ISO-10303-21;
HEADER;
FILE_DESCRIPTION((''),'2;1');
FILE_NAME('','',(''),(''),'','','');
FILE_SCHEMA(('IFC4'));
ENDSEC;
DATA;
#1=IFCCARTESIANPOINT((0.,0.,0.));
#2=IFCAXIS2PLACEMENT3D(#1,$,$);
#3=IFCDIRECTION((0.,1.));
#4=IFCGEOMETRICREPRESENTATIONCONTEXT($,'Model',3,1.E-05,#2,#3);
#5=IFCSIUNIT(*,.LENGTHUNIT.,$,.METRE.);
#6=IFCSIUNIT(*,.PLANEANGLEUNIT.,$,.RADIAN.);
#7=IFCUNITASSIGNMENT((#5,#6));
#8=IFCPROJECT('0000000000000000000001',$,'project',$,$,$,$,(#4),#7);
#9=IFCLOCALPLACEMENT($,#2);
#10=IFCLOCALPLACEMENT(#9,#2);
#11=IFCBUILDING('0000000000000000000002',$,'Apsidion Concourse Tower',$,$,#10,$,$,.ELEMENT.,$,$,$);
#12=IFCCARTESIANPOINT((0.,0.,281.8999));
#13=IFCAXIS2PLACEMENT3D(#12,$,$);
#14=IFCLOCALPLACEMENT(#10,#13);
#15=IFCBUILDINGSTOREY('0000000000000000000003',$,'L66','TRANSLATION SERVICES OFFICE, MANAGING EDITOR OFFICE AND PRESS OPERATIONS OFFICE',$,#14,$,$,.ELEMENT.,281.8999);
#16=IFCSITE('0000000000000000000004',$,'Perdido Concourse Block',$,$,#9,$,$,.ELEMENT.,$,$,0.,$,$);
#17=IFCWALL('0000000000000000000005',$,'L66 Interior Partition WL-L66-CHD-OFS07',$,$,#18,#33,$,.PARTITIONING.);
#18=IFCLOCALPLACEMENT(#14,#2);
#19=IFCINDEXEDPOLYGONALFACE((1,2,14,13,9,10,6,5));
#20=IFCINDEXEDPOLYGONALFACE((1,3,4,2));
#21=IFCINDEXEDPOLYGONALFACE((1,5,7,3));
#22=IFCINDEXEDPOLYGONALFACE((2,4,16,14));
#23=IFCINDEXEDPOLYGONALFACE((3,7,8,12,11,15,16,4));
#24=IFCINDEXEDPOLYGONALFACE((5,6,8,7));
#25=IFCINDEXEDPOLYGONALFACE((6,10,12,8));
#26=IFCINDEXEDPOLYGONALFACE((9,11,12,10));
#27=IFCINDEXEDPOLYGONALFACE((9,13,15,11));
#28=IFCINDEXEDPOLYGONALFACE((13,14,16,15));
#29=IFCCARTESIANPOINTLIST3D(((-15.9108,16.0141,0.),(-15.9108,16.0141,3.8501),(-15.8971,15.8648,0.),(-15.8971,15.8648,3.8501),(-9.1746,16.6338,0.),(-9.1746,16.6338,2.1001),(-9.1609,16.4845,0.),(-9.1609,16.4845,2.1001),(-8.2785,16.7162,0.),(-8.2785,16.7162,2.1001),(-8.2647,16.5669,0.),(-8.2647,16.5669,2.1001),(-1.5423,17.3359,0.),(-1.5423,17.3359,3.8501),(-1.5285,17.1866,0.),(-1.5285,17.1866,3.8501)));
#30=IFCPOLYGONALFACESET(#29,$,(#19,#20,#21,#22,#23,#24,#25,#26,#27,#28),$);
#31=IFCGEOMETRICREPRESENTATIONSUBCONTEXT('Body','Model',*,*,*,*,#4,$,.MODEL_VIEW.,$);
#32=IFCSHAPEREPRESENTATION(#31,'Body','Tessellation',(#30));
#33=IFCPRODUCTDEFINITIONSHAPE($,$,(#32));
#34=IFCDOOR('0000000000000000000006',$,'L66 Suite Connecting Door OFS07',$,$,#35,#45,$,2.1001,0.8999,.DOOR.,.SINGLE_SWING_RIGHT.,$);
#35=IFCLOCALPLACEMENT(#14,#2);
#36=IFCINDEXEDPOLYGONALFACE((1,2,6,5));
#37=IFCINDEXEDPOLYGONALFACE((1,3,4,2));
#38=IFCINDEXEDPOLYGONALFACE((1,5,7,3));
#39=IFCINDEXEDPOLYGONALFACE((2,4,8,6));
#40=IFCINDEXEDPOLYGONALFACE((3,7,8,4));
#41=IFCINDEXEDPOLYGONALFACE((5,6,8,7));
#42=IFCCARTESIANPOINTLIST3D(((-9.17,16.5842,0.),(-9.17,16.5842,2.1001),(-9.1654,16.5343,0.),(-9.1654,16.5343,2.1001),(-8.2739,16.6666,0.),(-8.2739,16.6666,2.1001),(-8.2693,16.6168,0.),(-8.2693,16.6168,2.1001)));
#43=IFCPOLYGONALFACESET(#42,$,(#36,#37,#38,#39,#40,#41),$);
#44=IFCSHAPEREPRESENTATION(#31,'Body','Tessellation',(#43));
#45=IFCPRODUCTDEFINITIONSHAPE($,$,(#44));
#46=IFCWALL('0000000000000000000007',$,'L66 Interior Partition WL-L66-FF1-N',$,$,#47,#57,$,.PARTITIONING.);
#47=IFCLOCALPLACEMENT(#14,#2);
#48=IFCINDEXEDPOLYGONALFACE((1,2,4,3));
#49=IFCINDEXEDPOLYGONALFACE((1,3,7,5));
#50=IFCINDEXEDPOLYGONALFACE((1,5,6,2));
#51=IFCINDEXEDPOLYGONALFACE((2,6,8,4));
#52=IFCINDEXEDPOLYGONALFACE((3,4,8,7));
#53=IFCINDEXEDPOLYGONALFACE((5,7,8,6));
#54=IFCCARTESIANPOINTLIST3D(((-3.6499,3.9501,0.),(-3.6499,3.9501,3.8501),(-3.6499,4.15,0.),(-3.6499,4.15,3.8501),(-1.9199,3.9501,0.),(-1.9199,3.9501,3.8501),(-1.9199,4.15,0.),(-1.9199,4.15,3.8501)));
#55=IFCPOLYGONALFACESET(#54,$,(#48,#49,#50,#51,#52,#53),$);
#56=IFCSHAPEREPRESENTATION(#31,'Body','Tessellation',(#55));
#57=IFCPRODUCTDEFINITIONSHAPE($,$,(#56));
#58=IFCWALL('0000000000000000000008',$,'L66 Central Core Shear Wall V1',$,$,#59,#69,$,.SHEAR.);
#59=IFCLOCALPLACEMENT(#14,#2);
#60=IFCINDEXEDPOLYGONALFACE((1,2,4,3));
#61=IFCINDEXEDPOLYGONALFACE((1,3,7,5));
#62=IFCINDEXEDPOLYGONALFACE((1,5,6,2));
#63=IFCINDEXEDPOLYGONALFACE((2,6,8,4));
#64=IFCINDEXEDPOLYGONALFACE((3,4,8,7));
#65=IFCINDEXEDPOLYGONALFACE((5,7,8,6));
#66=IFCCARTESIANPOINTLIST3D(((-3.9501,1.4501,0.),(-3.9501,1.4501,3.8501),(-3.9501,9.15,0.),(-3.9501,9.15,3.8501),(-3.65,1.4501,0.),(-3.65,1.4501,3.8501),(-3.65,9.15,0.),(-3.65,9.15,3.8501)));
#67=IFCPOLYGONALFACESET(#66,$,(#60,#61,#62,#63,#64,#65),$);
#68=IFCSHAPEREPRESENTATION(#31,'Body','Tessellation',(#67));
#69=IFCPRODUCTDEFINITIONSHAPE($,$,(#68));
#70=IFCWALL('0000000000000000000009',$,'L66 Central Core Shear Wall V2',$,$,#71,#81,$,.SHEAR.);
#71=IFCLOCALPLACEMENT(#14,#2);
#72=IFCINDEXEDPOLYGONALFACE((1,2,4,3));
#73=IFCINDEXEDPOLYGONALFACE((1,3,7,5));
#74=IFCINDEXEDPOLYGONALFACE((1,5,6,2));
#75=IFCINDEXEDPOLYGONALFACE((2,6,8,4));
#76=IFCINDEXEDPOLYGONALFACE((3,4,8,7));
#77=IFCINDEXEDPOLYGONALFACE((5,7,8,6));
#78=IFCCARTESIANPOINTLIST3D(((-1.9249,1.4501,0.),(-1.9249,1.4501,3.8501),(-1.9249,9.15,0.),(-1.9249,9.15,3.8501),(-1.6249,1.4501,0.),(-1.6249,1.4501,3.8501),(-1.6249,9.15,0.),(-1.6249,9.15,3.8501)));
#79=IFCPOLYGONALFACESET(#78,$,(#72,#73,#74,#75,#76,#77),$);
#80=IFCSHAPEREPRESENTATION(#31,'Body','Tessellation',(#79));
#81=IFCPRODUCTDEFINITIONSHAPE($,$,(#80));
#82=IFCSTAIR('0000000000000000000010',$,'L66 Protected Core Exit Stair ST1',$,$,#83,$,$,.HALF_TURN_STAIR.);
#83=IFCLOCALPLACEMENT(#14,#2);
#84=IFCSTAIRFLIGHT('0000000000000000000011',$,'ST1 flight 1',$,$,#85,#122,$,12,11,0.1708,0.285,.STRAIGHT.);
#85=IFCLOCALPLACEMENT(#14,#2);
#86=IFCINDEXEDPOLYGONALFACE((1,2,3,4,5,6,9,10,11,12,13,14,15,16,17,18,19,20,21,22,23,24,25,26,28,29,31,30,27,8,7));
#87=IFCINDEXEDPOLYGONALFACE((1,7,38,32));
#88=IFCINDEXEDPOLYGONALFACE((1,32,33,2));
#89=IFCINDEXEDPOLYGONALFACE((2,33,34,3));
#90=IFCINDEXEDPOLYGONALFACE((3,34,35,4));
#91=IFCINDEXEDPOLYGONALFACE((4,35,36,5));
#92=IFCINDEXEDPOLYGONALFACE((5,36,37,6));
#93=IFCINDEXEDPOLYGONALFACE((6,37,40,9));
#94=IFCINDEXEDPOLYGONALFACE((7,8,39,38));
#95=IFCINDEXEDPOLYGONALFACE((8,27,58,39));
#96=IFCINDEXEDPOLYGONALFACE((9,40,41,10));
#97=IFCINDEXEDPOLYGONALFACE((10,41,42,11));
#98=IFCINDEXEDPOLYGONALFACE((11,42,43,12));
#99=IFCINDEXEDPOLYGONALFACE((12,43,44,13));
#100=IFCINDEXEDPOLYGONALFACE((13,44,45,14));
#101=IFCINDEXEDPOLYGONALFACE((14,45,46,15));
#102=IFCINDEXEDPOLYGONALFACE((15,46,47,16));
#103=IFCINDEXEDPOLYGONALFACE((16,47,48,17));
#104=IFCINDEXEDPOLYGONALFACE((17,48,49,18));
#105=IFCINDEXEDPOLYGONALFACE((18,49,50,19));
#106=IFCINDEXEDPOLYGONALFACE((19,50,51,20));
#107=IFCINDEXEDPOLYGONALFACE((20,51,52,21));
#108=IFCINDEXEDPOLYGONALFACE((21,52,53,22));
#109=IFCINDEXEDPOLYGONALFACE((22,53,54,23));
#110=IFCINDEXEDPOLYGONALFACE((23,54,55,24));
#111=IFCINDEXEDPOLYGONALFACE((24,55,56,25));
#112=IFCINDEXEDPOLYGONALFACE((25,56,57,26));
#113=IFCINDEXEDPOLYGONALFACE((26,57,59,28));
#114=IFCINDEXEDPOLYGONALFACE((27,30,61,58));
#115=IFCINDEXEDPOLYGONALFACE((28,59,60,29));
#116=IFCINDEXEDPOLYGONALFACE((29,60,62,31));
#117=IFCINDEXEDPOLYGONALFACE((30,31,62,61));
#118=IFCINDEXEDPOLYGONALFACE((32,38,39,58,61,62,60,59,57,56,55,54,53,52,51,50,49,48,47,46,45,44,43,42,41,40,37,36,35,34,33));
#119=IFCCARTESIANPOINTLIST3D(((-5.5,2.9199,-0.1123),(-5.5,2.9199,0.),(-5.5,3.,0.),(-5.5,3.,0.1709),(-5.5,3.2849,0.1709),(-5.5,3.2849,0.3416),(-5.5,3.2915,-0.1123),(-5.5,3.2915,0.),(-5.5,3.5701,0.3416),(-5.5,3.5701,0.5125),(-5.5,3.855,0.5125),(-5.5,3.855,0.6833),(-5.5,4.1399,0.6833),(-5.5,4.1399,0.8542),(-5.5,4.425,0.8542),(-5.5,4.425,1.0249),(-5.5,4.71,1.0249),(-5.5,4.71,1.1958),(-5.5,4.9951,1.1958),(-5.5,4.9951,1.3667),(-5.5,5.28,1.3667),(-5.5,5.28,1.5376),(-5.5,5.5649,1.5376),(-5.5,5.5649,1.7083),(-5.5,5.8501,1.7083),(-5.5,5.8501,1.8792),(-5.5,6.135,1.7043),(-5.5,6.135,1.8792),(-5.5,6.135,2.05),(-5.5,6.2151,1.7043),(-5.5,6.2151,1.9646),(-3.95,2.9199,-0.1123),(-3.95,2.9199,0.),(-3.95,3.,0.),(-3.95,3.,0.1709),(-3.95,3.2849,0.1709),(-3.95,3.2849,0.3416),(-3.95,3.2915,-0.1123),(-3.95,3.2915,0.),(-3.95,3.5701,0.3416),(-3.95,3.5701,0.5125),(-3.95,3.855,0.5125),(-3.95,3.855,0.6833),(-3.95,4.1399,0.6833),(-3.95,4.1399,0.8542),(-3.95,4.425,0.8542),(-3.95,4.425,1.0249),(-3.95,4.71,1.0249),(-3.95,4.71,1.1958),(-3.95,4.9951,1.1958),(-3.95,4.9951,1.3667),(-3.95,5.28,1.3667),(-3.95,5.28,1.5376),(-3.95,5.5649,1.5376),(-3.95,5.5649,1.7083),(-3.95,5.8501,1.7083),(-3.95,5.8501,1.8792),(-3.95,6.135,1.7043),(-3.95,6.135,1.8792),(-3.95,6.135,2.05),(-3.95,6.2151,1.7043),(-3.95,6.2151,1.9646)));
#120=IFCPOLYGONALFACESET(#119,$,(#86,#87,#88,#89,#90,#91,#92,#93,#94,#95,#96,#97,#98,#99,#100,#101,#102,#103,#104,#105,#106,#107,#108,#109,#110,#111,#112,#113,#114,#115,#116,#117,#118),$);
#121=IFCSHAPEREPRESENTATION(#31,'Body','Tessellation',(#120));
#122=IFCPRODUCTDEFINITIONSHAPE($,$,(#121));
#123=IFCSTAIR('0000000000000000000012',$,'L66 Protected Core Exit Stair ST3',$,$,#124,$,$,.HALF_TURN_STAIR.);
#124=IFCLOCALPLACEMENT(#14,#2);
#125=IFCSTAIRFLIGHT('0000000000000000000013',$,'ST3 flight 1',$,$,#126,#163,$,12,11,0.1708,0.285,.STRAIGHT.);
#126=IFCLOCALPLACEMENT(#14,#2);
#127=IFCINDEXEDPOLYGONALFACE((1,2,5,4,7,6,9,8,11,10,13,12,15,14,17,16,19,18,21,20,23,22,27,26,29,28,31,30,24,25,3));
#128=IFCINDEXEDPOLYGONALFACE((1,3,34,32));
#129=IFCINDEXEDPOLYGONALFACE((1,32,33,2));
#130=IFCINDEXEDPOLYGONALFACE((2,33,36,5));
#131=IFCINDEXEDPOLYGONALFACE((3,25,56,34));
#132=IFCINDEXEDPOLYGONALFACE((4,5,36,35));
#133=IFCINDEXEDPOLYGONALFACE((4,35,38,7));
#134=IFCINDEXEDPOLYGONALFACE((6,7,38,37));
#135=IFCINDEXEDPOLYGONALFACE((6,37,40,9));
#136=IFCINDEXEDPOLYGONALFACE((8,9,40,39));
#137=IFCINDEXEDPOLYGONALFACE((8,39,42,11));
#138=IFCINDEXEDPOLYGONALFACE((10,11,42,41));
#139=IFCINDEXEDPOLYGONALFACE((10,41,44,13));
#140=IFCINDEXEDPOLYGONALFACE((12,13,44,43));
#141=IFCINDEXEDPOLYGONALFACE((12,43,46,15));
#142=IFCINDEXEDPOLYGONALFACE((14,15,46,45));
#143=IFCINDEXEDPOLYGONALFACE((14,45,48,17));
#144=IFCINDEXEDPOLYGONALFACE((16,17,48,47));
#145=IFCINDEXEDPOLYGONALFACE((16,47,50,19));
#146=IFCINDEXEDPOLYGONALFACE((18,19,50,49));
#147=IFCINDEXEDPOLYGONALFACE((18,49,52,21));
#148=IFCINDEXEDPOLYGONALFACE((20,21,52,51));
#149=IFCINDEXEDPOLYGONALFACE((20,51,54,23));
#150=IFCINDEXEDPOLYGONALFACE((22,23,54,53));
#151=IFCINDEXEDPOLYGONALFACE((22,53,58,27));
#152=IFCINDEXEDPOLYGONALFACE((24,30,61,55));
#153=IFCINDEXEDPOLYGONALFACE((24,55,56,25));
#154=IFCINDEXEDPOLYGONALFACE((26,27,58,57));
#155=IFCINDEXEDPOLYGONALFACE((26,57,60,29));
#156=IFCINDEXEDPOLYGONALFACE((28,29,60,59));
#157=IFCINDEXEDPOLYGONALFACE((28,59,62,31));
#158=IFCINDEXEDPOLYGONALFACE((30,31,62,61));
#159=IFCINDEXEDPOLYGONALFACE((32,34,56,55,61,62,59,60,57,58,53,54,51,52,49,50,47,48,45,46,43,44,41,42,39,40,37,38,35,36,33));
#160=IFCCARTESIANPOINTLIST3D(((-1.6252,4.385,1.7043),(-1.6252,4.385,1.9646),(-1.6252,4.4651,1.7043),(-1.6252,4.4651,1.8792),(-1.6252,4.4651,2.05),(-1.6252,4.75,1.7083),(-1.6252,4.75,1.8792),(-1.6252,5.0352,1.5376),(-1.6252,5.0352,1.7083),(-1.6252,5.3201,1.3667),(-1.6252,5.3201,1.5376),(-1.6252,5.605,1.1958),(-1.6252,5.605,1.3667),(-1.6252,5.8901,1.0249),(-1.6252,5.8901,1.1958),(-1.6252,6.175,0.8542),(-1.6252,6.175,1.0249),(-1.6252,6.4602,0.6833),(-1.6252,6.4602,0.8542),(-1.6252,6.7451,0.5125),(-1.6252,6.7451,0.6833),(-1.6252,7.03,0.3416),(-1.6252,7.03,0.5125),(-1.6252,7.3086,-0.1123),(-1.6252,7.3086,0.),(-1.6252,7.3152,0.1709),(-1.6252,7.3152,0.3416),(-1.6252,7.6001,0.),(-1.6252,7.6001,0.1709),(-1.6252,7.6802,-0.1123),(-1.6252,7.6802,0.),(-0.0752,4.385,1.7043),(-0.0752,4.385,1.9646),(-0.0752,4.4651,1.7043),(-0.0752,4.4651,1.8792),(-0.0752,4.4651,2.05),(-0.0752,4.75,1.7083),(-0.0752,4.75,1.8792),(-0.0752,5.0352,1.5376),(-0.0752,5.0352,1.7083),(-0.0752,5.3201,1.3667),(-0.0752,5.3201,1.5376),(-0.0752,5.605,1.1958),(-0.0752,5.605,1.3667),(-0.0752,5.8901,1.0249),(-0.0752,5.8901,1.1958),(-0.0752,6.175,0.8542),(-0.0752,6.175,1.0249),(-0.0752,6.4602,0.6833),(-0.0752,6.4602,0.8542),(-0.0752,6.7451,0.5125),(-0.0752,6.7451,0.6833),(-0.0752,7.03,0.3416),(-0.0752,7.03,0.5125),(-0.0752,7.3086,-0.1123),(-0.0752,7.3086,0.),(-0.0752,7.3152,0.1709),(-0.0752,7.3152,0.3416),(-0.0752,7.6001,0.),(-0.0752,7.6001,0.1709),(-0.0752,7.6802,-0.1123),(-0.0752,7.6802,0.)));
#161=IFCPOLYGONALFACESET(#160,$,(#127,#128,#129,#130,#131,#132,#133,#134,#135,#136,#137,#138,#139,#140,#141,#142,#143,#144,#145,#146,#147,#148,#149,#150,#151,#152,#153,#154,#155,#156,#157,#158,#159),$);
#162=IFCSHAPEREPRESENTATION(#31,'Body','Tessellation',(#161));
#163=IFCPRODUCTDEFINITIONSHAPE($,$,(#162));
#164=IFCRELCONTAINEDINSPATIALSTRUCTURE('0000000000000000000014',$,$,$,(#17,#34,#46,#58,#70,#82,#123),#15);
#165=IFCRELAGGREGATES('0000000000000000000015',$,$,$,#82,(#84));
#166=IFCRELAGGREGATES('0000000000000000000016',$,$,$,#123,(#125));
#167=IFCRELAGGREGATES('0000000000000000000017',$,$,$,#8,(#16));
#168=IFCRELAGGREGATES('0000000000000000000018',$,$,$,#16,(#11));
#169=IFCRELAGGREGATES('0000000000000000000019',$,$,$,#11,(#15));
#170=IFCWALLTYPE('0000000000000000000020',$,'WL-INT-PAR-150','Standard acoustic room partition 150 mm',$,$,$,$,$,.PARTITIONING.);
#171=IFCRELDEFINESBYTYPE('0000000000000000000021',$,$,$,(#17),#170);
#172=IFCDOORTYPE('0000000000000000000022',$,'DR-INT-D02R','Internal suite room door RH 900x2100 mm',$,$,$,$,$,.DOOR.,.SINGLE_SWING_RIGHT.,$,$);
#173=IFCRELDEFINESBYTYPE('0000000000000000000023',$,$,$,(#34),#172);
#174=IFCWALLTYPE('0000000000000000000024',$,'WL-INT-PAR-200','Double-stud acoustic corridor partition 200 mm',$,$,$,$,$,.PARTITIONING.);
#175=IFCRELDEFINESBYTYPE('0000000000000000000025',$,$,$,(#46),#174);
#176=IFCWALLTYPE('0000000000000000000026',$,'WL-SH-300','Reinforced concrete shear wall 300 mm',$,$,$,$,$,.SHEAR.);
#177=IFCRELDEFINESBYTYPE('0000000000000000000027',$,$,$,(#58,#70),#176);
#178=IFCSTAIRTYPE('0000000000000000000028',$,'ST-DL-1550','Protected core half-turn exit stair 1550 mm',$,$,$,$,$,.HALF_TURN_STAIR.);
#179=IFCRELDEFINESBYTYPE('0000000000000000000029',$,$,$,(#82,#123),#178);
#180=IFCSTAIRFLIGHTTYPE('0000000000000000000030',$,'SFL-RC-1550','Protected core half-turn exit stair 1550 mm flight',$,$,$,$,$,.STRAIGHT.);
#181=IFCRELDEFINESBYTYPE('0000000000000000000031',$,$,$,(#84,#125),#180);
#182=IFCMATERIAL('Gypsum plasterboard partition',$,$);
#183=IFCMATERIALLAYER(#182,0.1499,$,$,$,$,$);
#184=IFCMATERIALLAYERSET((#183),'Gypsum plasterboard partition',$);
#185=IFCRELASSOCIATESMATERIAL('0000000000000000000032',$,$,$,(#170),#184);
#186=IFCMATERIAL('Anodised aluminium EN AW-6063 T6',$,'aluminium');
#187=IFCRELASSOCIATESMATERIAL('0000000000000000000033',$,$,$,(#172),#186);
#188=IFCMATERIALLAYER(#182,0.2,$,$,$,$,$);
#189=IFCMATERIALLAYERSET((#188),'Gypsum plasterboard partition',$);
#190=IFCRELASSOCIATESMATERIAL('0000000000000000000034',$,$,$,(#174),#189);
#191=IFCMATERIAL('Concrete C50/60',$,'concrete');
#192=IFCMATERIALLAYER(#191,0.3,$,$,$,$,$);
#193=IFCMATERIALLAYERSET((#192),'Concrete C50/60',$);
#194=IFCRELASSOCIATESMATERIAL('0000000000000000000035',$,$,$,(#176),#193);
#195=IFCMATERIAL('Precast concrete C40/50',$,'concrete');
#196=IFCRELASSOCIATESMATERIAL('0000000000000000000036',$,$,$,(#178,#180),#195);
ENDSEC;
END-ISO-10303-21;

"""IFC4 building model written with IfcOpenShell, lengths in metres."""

from ifc_helpers import new_model, si_unit, direction, frame, frame_2d, origin, place, context, subcontext, project, spatial, polyline, rectangle, outline, extrude, material, layer, layer_set, type_object, element, fill, aggregate, save


model = new_model("IFC4")

# Units and contexts
model_context = context("Model", 3, precision=1e-05, world=origin(), true_north=direction((0.0, 1.0)))
body_context = subcontext(model_context, "Body", "Model", "MODEL_VIEW")
ifc_project = project(units=[si_unit("LENGTHUNIT", "METRE"), si_unit("PLANEANGLEUNIT", "RADIAN")], contexts=[model_context])

# Site, building, storey
site_placement = place(None, origin())
site = spatial("IfcSite", under=ifc_project, at=site_placement, Name="Perdido Concourse Block", CompositionType="ELEMENT", RefElevation=0.0)
building_placement = place(site_placement, origin())
building = spatial("IfcBuilding", under=site, at=building_placement, Name="Apsidion Concourse Tower", CompositionType="ELEMENT")
storey_placement = place(building_placement, frame((0.0, 0.0, 281.8999)))
storey = spatial("IfcBuildingStorey", under=building, at=storey_placement, Name="L66", Description="TRANSLATION SERVICES OFFICE, MANAGING EDITOR OFFICE AND PRESS OPERATIONS OFFICE", CompositionType="ELEMENT", Elevation=281.8999)

# Shared definitions
ifc_material_1 = material(Name="Concrete C50/60", Category="concrete")

# Shared definitions
ifc_material_2 = material(Name="Gypsum plasterboard partition")
ifc_layer_1 = layer(ifc_material_2, 0.1499)
ifc_layer_set_1 = layer_set([ifc_layer_1], Name="Gypsum plasterboard partition")
wall_type_1 = type_object("IfcWallType", Name="WL-INT-PAR-150", Description="Standard acoustic room partition 150 mm", PredefinedType="PARTITIONING", material=ifc_layer_set_1)

# Wall, opening, door
wall_1_placement = place(storey_placement, frame((-1.5354, 17.2612, 0.0), z_axis=(0.0, 0.0, 1.0), x_axis=(-0.995796, -0.091604, 0.0)))
wall_1 = element("IfcWall", 1, at=wall_1_placement, inside=storey, type_object=wall_type_1, Name="L66 Interior Partition WL-L66-CHD-OFS07", PredefinedType="PARTITIONING", context=body_context, shape_type="SweptSolid", body=[
    extrude(rectangle(XDim=14.4292, YDim=0.1499, at=frame_2d((7.2146, 0.0))), origin(), (0.0, 0.0, 1.0), 3.8501),
])
opening_1_placement = place(wall_1_placement, frame((6.7646, 0.0, 0.0)))
opening_1 = element("IfcOpeningElement", 2, at=opening_1_placement, cuts=wall_1, PredefinedType="OPENING", context=body_context, shape_type="SweptSolid", body=[
    extrude(rectangle(XDim=0.8999, YDim=2.1001, at=frame_2d((0.45, 1.05))), frame((0.0, 0.085, 0.0), z_axis=(0.0, -1.0, 0.0), x_axis=(1.0, 0.0, 0.0)), (0.0, 0.0, 1.0), 0.1699),
])
ifc_material_3 = material(Name="Anodised aluminium EN AW-6063 T6", Category="aluminium")
door_type_1 = type_object("IfcDoorType", Name="DR-INT-D02R", Description="Internal suite room door RH 900x2100 mm", OperationType="SINGLE_SWING_RIGHT", PredefinedType="DOOR", material=ifc_material_3)
door_1_placement = place(opening_1_placement, origin())
door_1 = element("IfcDoor", 3, at=door_1_placement, inside=storey, type_object=door_type_1, Name="L66 Suite Connecting Door OFS07", OperationType="SINGLE_SWING_RIGHT", OverallHeight=2.1001, OverallWidth=0.8999, PredefinedType="DOOR", context=body_context, shape_type="SweptSolid", body=[
    extrude(rectangle(XDim=0.8999, YDim=2.1001, at=frame_2d((0.45, 1.05))), frame((0.0, 0.0249, 0.0), z_axis=(0.0, -1.0, 0.0), x_axis=(1.0, 0.0, 0.0)), (0.0, 0.0, 1.0), 0.05),
])
fill(opening_1, door_1)

# Walls
ifc_layer_2 = layer(ifc_material_2, 0.2)
ifc_layer_set_2 = layer_set([ifc_layer_2], Name="Gypsum plasterboard partition")
wall_type_2 = type_object("IfcWallType", Name="WL-INT-PAR-200", Description="Double-stud acoustic corridor partition 200 mm", PredefinedType="PARTITIONING", material=ifc_layer_set_2)
wall_2_placement = place(storey_placement, frame((-3.6499, 4.05, 0.0), z_axis=(0.0, 0.0, 1.0), x_axis=(1.0, 0.0, 0.0)))
element("IfcWall", 4, at=wall_2_placement, inside=storey, type_object=wall_type_2, Name="L66 Interior Partition WL-L66-FF1-N", PredefinedType="PARTITIONING", context=body_context, shape_type="SweptSolid", body=[
    extrude(rectangle(XDim=1.73, YDim=0.2, at=frame_2d((0.865, 0.0))), origin(), (0.0, 0.0, 1.0), 3.8501),
])
ifc_layer_3 = layer(ifc_material_1, 0.3)
ifc_layer_set_3 = layer_set([ifc_layer_3], Name="Concrete C50/60")
wall_type_3 = type_object("IfcWallType", Name="WL-SH-300", Description="Reinforced concrete shear wall 300 mm", PredefinedType="SHEAR", material=ifc_layer_set_3)
for number, where, z_axis, x_axis, name in (
    (5, (-3.8, 1.45, 0.0), (0.0, 0.0, 1.0), (0.0, 1.0, 0.0), "L66 Central Core Shear Wall V1"),
    (6, (-1.7749, 1.45, 0.0), (0.0, 0.0, 1.0), (0.0, 1.0, 0.0), "L66 Central Core Shear Wall V2"),
):
    element("IfcWall", number, at=place(storey_placement, frame(where, z_axis=z_axis, x_axis=x_axis)), inside=storey, type_object=wall_type_3, Name=name, PredefinedType="SHEAR", context=body_context, shape_type="SweptSolid", body=[
        extrude(rectangle(XDim=7.7, YDim=0.3, at=frame_2d((3.8501, 0.0))), origin(), (0.0, 0.0, 1.0), 3.8501),
    ])

# Stairs, stair flights
ifc_material_4 = material(Name="Precast concrete C40/50", Category="concrete")
stair_type = type_object("IfcStairType", Name="ST-DL-1550", Description="Protected core half-turn exit stair 1550 mm", PredefinedType="HALF_TURN_STAIR", material=ifc_material_4)
stair_1_placement = place(storey_placement, origin())
stair_1 = element("IfcStair", 7, at=stair_1_placement, inside=storey, type_object=stair_type, Name="L66 Protected Core Exit Stair ST1", PredefinedType="HALF_TURN_STAIR")
stair_flight_type = type_object("IfcStairFlightType", Name="SFL-RC-1550", Description="Protected core half-turn exit stair 1550 mm flight", PredefinedType="STRAIGHT", material=ifc_material_4)
stair_flight_1_placement = place(storey_placement, frame((-4.7251, 3.0, 0.0), z_axis=(0.0, 0.0, 1.0), x_axis=(0.0, 1.0, 0.0)))
stair_flight_1 = element("IfcStairFlight", 8, at=stair_flight_1_placement, type_object=stair_flight_type, Name="ST1 flight 1", NumberOfRisers=12, NumberOfTreads=11, PredefinedType="STRAIGHT", RiserHeight=0.1708, TreadLength=0.285, context=body_context, shape_type="SweptSolid", body=[
    extrude(outline(polyline([(-0.0801, -0.1123), (-0.0801, 0.0), (0.0, 0.0), (0.0, 0.1709), (0.2849, 0.1709), (0.2849, 0.3416), (0.5701, 0.3416), (0.5701, 0.5125), (0.855, 0.5125), (0.855, 0.6833), (1.1399, 0.6833), (1.1399, 0.8542), (1.425, 0.8542), (1.425, 1.0249), (1.71, 1.0249), (1.71, 1.1958), (1.9951, 1.1958), (1.9951, 1.3667), (2.28, 1.3667), (2.28, 1.5376), (2.5649, 1.5376), (2.5649, 1.7083), (2.8501, 1.7083), (2.8501, 1.8792), (3.135, 1.8792), (3.135, 2.05), (3.2151, 1.9646), (3.2151, 1.7043), (3.135, 1.7043), (0.2915, 0.0), (0.2915, -0.1123), (-0.0801, -0.1123)])), frame((0.0, 0.7749, 0.0), z_axis=(0.0, -1.0, 0.0), x_axis=(1.0, 0.0, 0.0)), (0.0, 0.0, 1.0), 1.55),
])
aggregate(stair_1, [stair_flight_1])
stair_2_placement = place(storey_placement, origin())
stair_2 = element("IfcStair", 9, at=stair_2_placement, inside=storey, type_object=stair_type, Name="L66 Protected Core Exit Stair ST3", PredefinedType="HALF_TURN_STAIR")
stair_flight_2_placement = place(storey_placement, frame((-0.8501, 7.6001, 0.0), z_axis=(0.0, 0.0, 1.0), x_axis=(0.0, -1.0, 0.0)))
stair_flight_2 = element("IfcStairFlight", 10, at=stair_flight_2_placement, type_object=stair_flight_type, Name="ST3 flight 1", NumberOfRisers=12, NumberOfTreads=11, PredefinedType="STRAIGHT", RiserHeight=0.1708, TreadLength=0.285, context=body_context, shape_type="SweptSolid", body=[
    extrude(outline(polyline([(-0.0801, -0.1123), (-0.0801, 0.0), (0.0, 0.0), (0.0, 0.1709), (0.2849, 0.1709), (0.2849, 0.3416), (0.5701, 0.3416), (0.5701, 0.5125), (0.855, 0.5125), (0.855, 0.6833), (1.1399, 0.6833), (1.1399, 0.8542), (1.425, 0.8542), (1.425, 1.0249), (1.71, 1.0249), (1.71, 1.1958), (1.9951, 1.1958), (1.9951, 1.3667), (2.28, 1.3667), (2.28, 1.5376), (2.5649, 1.5376), (2.5649, 1.7083), (2.8501, 1.7083), (2.8501, 1.8792), (3.135, 1.8792), (3.135, 2.05), (3.2151, 1.9646), (3.2151, 1.7043), (3.135, 1.7043), (0.2915, 0.0), (0.2915, -0.1123), (-0.0801, -0.1123)])), frame((0.0, 0.7749, 0.0), z_axis=(0.0, -1.0, 0.0), x_axis=(1.0, 0.0, 0.0)), (0.0, 0.0, 1.0), 1.55),
])
aggregate(stair_2, [stair_flight_2])

save(model, "model.ifc")
